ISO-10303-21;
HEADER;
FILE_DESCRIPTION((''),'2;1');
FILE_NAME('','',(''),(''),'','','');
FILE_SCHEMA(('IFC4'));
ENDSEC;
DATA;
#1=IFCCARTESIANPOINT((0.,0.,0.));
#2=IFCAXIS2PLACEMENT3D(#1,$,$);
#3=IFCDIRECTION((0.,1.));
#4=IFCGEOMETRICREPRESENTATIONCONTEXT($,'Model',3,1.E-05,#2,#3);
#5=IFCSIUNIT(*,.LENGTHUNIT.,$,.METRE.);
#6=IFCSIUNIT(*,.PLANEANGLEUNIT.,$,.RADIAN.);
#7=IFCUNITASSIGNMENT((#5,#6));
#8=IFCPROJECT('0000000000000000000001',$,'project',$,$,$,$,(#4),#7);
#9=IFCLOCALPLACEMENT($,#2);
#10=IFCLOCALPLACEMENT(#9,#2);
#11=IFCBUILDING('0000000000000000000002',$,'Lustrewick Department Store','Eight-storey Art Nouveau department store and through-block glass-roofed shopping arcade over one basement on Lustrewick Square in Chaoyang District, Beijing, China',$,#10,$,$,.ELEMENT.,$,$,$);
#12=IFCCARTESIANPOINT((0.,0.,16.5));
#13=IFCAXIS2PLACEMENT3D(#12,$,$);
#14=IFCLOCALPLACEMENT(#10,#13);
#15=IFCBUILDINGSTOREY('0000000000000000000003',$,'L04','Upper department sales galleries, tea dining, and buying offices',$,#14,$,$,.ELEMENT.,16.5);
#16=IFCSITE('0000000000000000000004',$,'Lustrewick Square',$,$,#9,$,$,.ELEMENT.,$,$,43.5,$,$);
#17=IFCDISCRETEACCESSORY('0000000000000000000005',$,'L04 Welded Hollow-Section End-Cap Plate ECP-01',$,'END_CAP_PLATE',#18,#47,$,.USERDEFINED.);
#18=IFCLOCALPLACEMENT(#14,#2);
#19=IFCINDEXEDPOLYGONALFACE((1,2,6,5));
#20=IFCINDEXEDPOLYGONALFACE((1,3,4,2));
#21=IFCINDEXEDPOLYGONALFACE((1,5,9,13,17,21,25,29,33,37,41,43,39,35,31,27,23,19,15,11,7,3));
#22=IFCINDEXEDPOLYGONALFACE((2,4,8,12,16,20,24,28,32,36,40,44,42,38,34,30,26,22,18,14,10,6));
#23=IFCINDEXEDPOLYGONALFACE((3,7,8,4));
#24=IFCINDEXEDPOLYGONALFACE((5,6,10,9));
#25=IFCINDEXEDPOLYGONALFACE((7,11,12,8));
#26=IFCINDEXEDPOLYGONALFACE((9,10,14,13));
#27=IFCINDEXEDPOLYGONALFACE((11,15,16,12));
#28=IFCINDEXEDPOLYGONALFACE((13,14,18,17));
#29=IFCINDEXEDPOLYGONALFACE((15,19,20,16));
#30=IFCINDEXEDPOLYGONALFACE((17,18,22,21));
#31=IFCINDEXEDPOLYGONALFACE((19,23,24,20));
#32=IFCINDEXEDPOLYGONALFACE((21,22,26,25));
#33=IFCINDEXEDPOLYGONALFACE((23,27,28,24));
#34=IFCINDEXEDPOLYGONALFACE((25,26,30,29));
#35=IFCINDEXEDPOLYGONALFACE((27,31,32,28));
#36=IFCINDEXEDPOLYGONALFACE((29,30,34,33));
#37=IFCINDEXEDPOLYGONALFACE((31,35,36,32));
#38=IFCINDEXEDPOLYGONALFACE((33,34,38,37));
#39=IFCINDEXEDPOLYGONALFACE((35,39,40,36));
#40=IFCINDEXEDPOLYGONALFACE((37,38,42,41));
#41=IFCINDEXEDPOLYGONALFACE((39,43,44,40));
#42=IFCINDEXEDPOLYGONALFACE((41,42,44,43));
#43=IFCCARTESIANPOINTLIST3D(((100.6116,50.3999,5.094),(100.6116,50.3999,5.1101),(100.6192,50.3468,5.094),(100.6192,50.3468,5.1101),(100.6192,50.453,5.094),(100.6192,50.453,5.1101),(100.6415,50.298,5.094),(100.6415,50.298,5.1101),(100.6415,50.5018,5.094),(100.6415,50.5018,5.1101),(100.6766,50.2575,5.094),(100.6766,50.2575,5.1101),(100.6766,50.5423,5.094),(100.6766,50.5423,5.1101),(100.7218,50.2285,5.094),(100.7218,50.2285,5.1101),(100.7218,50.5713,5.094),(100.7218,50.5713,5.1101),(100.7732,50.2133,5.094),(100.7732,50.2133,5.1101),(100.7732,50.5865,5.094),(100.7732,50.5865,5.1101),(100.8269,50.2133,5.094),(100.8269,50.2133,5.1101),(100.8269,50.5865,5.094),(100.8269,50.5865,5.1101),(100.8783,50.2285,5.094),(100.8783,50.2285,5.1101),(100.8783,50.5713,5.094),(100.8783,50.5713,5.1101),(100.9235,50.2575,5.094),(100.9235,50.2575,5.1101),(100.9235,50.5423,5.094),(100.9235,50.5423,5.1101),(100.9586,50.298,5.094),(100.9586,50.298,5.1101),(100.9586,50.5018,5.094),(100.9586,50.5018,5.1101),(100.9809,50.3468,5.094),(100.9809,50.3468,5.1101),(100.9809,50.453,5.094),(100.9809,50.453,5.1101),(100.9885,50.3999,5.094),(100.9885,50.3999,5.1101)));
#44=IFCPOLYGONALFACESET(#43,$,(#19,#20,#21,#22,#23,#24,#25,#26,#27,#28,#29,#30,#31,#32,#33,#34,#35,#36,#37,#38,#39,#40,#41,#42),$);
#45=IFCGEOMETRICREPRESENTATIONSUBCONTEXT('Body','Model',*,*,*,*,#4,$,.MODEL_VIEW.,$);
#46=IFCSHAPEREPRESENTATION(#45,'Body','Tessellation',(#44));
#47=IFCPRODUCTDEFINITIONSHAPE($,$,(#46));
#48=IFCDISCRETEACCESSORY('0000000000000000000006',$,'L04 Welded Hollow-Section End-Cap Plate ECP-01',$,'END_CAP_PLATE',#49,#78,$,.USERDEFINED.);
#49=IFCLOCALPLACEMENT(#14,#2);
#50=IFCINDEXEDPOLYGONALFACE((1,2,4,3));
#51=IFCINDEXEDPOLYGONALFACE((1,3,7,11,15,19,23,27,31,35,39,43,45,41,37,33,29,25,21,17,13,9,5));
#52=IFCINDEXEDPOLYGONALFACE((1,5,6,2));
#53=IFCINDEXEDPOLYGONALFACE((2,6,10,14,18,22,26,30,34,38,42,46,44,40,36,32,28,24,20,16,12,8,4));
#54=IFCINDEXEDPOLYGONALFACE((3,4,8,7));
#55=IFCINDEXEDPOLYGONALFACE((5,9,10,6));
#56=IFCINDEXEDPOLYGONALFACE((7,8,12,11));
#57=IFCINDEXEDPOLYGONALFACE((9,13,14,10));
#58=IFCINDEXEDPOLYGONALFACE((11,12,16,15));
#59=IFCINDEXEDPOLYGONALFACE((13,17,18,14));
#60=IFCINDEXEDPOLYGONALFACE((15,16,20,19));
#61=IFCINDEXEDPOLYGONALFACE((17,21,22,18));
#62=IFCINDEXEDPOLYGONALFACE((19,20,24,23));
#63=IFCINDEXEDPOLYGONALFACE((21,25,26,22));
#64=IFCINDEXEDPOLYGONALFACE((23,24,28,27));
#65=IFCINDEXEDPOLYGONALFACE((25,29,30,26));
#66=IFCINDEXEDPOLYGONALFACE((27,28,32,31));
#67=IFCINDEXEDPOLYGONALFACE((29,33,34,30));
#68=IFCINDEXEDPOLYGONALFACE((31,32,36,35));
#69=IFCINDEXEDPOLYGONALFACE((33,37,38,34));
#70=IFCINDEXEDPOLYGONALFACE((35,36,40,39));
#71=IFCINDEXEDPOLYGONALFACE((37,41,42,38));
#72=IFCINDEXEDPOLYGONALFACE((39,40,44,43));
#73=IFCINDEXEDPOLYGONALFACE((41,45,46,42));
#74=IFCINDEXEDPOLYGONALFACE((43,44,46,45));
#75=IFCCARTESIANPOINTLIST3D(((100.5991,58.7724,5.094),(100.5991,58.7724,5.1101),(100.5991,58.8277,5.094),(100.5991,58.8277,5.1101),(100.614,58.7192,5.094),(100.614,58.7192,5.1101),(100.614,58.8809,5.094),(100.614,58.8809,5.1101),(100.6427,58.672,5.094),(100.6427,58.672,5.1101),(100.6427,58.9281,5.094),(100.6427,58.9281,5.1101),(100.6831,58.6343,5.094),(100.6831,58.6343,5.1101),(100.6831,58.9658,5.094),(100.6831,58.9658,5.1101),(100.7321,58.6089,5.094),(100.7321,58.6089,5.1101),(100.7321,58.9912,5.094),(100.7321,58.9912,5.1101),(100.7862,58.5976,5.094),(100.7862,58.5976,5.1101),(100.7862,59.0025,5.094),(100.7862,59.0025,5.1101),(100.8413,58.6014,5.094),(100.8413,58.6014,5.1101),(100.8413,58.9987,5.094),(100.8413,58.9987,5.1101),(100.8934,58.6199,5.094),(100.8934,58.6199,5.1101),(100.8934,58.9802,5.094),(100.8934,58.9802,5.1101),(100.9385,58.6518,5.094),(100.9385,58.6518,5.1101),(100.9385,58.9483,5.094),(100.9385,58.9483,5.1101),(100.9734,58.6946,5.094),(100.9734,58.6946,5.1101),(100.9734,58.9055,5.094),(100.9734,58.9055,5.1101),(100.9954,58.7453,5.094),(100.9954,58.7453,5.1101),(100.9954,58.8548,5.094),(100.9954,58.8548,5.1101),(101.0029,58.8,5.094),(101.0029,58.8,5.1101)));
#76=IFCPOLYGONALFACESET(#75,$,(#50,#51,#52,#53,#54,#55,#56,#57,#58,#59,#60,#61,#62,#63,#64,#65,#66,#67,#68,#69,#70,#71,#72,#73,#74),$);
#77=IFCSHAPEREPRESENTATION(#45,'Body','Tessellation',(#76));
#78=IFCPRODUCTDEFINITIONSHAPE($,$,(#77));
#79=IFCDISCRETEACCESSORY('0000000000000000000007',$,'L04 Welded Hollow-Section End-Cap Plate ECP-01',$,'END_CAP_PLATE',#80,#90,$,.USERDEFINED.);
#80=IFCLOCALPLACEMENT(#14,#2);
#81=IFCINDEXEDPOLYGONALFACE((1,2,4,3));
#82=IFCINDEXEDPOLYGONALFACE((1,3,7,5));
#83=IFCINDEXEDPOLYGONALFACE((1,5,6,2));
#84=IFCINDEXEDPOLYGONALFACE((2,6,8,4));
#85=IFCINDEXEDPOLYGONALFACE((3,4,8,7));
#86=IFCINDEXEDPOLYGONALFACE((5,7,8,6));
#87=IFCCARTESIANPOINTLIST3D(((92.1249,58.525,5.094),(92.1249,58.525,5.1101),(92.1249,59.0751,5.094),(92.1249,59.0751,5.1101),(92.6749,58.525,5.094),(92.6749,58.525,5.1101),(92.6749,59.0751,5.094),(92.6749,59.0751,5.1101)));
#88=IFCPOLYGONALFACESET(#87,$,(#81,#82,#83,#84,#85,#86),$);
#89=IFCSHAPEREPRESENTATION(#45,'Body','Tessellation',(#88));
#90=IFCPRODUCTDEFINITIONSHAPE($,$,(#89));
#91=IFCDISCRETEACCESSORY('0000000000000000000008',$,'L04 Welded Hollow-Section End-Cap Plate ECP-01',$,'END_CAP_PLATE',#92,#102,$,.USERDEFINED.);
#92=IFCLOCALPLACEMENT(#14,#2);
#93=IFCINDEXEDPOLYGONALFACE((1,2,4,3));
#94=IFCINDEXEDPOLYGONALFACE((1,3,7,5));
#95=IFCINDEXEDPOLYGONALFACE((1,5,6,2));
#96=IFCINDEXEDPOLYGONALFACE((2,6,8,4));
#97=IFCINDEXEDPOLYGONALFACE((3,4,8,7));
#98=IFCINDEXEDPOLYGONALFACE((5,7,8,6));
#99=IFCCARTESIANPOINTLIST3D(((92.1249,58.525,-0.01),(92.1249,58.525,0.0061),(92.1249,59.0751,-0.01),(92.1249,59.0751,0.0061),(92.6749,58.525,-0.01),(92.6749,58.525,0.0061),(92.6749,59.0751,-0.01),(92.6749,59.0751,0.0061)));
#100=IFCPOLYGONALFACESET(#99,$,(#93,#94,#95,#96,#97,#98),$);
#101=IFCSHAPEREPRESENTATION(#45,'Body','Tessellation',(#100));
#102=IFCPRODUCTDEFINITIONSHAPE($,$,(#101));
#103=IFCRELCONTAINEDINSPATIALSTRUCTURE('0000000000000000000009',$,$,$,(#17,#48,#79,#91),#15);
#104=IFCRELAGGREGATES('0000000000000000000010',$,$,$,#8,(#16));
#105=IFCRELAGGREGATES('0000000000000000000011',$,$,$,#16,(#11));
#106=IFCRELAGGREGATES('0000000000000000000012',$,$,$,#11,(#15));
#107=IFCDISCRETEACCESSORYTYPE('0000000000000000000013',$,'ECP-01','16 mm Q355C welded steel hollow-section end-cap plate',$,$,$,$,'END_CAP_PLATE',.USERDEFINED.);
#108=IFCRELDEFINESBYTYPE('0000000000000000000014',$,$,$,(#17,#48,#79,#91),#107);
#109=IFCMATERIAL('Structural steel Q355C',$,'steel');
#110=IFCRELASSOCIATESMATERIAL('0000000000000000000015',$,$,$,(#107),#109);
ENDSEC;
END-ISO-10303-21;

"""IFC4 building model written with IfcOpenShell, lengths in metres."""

from ifc_helpers import new_model, si_unit, direction, frame, origin, origin_2d, place, context, subcontext, project, spatial, rectangle, circle, extrude, material, type_object, element, save


model = new_model("IFC4")

# Units and contexts
model_context = context("Model", 3, precision=1e-05, world=origin(), true_north=direction((0.0, 1.0)))
body_context = subcontext(model_context, "Body", "Model", "MODEL_VIEW")
ifc_project = project(units=[si_unit("LENGTHUNIT", "METRE"), si_unit("PLANEANGLEUNIT", "RADIAN")], contexts=[model_context])

# Site, building, storey
site_placement = place(None, origin())
site = spatial("IfcSite", under=ifc_project, at=site_placement, Name="Lustrewick Square", CompositionType="ELEMENT", RefElevation=43.5)
building_placement = place(site_placement, origin())
building = spatial("IfcBuilding", under=site, at=building_placement, Name="Lustrewick Department Store", Description="Eight-storey Art Nouveau department store and through-block glass-roofed shopping arcade over one basement on Lustrewick Square in Chaoyang District, Beijing, China", CompositionType="ELEMENT")
storey_placement = place(building_placement, frame((0.0, 0.0, 16.5)))
storey = spatial("IfcBuildingStorey", under=building, at=storey_placement, Name="L04", Description="Upper department sales galleries, tea dining, and buying offices", CompositionType="ELEMENT", Elevation=16.5)

# Shared definitions
ifc_material_1 = material(Name="Structural steel Q355C", Category="steel")

# Discrete accessories
discrete_accessory_type = type_object("IfcDiscreteAccessoryType", Name="ECP-01", Description="16 mm Q355C welded steel hollow-section end-cap plate", ElementType="END_CAP_PLATE", PredefinedType="USERDEFINED", material=ifc_material_1)
discrete_accessory_1_placement = place(storey_placement, frame((100.8, 50.3999, 5.094), z_axis=(0.0, 0.0, 1.0), x_axis=(1.0, 0.0, 0.0)))
element("IfcDiscreteAccessory", 1, at=discrete_accessory_1_placement, inside=storey, type_object=discrete_accessory_type, Name="L04 Welded Hollow-Section End-Cap Plate ECP-01", ObjectType="END_CAP_PLATE", PredefinedType="USERDEFINED", context=body_context, shape_type="SweptSolid", body=[
    extrude(circle(Radius=0.1885, at=origin_2d()), origin(), (0.0, 0.0, 1.0), 0.0161),
])
discrete_accessory_2_placement = place(storey_placement, frame((100.8, 58.8, 5.094), z_axis=(0.0, 0.0, 1.0), x_axis=(1.0, 0.0, 0.0)))
element("IfcDiscreteAccessory", 2, at=discrete_accessory_2_placement, inside=storey, type_object=discrete_accessory_type, Name="L04 Welded Hollow-Section End-Cap Plate ECP-01", ObjectType="END_CAP_PLATE", PredefinedType="USERDEFINED", context=body_context, shape_type="SweptSolid", body=[
    extrude(circle(Radius=0.2029, at=origin_2d()), origin(), (0.0, 0.0, 1.0), 0.0161),
])
for number, where, z_axis, x_axis, name in (
    (3, (92.3999, 58.8, 5.094), (0.0, 0.0, 1.0), (1.0, 0.0, 0.0), "L04 Welded Hollow-Section End-Cap Plate ECP-01"),
    (4, (92.3999, 58.8, 0.0061), (0.0, 0.0, -1.0), (1.0, 0.0, 0.0), "L04 Welded Hollow-Section End-Cap Plate ECP-01"),
):
    element("IfcDiscreteAccessory", number, at=place(storey_placement, frame(where, z_axis=z_axis, x_axis=x_axis)), inside=storey, type_object=discrete_accessory_type, Name=name, ObjectType="END_CAP_PLATE", PredefinedType="USERDEFINED", context=body_context, shape_type="SweptSolid", body=[
        extrude(rectangle(XDim=0.55, YDim=0.55, at=origin_2d()), origin(), (0.0, 0.0, 1.0), 0.0161),
    ])

save(model, "model.ifc")
